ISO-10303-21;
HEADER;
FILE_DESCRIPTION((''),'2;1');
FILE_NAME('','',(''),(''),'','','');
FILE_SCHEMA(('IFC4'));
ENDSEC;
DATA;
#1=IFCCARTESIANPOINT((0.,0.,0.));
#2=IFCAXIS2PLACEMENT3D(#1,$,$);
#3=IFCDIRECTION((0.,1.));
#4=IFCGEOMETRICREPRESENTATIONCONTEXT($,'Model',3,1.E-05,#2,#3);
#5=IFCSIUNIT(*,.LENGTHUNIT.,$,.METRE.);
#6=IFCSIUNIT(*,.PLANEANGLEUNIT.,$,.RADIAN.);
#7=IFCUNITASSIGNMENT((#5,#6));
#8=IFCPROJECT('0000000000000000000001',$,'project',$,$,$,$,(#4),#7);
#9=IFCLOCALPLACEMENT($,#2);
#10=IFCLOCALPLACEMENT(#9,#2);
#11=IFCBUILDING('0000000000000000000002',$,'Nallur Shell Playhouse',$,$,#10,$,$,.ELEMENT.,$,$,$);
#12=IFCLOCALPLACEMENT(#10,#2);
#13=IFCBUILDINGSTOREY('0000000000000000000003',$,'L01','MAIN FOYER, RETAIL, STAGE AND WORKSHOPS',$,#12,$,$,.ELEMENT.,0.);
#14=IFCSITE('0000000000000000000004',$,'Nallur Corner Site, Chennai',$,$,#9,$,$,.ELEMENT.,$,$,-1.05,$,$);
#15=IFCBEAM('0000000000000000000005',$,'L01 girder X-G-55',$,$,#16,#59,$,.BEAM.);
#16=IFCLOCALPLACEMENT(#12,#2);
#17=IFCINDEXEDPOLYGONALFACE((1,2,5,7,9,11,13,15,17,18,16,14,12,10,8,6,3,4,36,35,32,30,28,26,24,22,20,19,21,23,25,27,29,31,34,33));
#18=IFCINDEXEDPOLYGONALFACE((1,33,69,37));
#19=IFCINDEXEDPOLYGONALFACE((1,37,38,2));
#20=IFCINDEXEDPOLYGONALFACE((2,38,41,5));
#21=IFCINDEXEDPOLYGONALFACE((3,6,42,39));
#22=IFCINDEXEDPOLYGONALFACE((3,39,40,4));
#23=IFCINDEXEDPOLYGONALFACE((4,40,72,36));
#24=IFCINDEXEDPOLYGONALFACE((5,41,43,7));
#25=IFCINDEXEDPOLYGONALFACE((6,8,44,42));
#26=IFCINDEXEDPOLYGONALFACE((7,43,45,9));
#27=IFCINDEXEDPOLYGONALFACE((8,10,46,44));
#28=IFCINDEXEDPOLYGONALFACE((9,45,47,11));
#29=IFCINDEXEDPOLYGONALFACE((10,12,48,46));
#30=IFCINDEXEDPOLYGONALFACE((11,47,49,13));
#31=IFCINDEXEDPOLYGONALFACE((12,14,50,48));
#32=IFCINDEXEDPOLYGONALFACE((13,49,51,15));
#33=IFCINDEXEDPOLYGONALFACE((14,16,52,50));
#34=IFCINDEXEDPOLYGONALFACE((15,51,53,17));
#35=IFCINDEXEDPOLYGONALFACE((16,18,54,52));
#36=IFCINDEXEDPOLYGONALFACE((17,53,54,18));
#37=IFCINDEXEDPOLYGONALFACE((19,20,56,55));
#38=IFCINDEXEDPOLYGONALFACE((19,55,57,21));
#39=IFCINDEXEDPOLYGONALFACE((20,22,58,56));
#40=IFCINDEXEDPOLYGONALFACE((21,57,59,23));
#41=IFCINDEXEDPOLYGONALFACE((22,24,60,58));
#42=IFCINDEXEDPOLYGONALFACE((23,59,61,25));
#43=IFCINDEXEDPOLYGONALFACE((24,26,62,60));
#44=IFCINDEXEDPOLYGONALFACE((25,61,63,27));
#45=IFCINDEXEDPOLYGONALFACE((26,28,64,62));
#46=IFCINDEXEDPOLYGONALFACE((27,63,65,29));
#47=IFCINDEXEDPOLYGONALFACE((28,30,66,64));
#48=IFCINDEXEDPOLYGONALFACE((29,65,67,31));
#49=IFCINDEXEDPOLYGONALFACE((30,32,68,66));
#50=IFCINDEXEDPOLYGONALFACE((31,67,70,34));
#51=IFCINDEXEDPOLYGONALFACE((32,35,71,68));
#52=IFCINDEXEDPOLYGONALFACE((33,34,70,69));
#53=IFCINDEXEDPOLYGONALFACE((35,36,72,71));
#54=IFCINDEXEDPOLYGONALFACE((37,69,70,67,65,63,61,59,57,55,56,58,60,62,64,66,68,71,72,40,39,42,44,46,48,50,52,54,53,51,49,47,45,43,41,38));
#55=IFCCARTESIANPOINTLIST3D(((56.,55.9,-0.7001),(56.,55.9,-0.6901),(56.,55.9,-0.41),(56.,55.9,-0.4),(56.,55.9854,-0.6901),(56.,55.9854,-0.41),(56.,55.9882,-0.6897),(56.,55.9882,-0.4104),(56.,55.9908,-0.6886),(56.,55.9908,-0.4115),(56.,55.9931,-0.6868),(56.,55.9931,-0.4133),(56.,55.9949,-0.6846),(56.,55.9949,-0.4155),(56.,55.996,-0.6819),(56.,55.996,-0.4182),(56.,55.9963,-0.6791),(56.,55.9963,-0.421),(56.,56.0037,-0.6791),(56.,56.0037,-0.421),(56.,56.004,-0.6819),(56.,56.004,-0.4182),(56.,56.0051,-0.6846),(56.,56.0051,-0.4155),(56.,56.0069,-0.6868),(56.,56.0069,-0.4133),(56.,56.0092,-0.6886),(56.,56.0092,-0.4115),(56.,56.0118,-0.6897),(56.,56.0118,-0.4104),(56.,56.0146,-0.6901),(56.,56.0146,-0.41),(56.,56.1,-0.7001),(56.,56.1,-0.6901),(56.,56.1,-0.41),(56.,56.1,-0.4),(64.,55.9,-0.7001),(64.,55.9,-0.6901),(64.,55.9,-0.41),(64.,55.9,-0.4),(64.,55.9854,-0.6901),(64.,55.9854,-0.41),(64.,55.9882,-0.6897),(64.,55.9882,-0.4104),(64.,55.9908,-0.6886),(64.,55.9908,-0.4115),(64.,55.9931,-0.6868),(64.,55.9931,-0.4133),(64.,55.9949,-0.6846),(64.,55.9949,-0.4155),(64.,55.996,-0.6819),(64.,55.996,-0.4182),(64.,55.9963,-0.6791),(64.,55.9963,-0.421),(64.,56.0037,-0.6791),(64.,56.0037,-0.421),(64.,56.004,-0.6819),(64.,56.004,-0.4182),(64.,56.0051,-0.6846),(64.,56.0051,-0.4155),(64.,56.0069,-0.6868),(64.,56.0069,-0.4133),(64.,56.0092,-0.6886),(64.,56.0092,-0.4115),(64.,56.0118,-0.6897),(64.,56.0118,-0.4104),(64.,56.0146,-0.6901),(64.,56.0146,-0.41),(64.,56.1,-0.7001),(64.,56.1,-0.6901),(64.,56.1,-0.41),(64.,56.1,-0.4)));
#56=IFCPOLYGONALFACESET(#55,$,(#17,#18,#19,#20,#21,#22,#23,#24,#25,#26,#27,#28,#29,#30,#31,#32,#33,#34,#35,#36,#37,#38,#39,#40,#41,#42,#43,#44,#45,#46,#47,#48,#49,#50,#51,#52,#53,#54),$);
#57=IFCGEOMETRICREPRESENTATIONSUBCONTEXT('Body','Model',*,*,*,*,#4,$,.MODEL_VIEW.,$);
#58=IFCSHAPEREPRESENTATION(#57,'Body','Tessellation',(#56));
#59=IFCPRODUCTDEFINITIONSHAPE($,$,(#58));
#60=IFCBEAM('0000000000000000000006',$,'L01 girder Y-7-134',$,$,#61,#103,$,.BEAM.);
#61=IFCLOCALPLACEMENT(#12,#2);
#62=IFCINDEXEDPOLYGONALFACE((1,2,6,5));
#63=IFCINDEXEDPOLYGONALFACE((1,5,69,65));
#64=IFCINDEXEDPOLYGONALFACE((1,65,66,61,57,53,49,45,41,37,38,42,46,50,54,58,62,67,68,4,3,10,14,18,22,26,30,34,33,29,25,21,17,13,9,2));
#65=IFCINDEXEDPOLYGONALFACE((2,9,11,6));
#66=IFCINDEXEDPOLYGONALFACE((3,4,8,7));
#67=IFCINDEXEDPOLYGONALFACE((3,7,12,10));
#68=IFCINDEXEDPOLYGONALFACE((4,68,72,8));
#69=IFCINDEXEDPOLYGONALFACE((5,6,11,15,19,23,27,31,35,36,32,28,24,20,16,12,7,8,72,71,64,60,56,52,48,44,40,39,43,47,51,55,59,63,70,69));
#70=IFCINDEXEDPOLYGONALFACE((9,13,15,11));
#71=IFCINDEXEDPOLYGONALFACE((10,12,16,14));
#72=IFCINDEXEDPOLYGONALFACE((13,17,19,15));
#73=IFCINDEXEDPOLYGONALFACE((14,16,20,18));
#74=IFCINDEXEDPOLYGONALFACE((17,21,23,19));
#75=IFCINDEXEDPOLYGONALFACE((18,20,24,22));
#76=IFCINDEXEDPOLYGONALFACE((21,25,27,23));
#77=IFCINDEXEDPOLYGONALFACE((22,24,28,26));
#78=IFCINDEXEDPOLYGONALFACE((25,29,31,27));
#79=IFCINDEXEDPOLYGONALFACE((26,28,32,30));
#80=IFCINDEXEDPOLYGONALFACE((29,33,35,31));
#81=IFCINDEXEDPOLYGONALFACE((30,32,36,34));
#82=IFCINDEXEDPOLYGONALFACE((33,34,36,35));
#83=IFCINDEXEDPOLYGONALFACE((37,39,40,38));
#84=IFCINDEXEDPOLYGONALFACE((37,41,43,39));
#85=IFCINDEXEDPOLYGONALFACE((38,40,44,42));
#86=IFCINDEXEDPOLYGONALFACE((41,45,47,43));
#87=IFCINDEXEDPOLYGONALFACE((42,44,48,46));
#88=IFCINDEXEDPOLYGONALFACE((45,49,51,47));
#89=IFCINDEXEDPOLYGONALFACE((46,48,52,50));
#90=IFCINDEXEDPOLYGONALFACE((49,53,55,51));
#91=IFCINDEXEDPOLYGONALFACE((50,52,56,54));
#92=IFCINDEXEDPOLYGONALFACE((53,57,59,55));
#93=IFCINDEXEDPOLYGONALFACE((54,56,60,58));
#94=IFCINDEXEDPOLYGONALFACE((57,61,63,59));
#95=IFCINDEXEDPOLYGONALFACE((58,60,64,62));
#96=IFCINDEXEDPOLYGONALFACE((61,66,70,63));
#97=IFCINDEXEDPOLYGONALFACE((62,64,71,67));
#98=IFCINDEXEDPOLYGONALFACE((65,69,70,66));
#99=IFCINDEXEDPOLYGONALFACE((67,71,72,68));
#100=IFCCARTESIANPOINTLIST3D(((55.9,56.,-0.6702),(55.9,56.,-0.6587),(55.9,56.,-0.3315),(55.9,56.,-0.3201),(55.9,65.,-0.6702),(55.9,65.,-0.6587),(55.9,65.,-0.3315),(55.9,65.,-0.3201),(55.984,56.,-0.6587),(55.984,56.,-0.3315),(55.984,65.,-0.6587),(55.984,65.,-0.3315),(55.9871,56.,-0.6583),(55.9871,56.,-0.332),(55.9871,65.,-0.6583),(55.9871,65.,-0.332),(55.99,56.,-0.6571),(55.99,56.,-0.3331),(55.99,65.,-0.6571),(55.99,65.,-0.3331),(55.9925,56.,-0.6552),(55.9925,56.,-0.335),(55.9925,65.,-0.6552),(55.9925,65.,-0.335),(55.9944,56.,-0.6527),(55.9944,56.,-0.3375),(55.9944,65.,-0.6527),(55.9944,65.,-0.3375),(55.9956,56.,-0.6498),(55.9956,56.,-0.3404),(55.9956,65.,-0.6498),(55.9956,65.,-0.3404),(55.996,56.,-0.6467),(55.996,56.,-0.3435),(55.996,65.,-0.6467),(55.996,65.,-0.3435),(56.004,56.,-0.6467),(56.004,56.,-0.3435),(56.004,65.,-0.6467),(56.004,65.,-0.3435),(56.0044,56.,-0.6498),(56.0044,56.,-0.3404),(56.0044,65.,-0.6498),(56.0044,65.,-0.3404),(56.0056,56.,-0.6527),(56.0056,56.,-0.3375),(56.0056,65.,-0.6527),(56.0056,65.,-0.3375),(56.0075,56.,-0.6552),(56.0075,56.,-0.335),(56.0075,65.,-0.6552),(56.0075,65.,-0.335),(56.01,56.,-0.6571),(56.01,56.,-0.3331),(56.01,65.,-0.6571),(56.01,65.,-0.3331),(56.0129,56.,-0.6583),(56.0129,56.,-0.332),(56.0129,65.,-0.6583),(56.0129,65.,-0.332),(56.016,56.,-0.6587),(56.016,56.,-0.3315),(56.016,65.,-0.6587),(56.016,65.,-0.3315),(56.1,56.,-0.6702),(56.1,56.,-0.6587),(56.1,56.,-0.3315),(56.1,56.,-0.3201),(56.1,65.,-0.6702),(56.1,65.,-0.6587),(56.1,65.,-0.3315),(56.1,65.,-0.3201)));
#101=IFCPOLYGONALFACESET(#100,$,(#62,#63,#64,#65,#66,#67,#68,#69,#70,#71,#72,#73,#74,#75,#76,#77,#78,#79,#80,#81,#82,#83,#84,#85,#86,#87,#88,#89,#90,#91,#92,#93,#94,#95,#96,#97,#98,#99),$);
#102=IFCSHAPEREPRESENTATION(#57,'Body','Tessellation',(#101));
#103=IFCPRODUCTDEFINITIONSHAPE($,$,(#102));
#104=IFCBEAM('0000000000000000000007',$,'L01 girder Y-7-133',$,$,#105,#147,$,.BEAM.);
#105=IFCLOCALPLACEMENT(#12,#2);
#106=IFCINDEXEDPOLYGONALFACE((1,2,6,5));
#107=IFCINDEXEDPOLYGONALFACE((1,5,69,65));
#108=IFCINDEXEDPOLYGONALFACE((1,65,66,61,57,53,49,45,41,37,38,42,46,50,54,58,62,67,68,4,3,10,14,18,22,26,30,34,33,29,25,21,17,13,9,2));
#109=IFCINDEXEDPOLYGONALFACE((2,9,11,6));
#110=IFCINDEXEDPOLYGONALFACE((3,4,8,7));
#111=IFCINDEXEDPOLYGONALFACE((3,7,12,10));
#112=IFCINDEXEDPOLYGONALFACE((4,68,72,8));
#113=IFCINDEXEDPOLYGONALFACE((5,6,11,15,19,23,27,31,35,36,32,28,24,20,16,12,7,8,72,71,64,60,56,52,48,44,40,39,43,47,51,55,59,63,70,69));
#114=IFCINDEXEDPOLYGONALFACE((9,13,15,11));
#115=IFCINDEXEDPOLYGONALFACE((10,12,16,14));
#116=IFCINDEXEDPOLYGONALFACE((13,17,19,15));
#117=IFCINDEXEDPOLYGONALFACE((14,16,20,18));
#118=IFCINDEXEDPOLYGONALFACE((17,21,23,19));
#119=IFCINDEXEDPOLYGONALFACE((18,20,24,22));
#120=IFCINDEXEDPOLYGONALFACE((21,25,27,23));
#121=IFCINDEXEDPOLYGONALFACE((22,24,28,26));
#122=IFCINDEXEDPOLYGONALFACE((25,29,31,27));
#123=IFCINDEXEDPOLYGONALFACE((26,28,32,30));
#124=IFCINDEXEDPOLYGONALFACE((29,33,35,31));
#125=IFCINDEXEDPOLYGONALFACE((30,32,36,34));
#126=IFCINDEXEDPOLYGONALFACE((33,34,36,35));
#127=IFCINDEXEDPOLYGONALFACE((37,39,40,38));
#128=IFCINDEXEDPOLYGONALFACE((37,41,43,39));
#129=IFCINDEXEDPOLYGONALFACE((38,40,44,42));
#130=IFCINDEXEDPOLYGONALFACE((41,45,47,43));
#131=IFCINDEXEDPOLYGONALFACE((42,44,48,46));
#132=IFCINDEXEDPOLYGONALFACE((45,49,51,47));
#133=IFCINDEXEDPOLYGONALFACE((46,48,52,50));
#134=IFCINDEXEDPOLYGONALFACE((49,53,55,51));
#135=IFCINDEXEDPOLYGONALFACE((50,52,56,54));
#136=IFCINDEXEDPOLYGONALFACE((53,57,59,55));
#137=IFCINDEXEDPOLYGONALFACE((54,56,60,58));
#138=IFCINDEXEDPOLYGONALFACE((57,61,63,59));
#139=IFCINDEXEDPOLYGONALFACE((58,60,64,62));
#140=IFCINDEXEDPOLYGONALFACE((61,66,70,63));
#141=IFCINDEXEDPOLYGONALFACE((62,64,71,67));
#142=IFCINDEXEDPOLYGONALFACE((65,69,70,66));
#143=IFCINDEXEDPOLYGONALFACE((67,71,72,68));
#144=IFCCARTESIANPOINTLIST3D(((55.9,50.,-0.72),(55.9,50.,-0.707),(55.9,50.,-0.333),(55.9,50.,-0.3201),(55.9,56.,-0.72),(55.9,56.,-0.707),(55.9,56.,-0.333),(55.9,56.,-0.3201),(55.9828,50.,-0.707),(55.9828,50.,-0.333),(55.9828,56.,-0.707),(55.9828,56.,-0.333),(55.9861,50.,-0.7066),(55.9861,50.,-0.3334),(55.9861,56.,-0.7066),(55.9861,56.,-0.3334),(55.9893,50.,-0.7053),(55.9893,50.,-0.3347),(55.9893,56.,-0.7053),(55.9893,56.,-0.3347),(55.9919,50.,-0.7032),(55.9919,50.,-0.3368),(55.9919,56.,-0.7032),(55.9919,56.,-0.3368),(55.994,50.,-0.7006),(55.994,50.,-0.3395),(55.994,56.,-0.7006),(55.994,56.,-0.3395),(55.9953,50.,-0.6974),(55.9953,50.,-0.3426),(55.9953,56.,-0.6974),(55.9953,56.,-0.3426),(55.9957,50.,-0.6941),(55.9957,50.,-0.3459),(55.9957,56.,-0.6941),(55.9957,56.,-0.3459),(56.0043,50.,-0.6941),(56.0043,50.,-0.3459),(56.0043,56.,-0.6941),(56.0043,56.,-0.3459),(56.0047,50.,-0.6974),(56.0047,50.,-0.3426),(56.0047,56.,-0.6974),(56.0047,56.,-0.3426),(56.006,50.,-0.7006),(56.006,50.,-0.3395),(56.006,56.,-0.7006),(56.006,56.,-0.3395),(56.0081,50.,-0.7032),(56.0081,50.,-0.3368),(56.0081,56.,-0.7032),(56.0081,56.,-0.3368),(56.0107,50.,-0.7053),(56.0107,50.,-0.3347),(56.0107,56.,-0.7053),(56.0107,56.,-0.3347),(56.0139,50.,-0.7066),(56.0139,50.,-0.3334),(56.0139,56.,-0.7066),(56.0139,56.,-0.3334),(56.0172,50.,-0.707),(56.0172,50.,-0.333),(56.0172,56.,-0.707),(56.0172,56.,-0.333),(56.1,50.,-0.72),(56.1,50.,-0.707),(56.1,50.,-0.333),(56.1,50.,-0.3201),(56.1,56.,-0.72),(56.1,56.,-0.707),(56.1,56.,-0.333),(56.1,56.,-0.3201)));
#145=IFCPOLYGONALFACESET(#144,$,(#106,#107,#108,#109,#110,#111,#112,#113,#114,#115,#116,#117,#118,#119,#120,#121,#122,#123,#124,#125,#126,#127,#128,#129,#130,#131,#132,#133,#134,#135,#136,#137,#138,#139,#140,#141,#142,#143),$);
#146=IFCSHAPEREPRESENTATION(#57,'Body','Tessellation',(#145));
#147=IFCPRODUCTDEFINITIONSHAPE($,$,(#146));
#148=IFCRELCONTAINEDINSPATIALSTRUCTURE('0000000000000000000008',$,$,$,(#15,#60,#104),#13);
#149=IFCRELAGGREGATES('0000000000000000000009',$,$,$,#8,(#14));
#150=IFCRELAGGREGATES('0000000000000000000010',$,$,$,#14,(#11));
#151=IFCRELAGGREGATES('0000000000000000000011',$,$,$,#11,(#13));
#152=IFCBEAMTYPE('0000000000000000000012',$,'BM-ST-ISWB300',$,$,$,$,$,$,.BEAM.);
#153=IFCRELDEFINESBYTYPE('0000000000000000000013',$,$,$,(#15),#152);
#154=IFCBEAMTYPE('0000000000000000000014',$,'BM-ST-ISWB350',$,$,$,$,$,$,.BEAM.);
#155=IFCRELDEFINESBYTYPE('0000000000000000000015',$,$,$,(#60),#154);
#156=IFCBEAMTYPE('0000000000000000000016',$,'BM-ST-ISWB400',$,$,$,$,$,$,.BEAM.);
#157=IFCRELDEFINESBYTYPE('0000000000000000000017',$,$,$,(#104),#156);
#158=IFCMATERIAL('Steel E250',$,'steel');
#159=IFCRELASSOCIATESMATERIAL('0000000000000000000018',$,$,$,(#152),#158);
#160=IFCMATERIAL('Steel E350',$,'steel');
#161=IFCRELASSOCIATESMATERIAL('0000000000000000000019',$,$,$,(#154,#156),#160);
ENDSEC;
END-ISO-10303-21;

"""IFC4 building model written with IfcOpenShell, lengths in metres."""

from ifc_helpers import new_model, si_unit, direction, frame, origin, origin_2d, place, context, subcontext, project, spatial, i_section, extrude, material, material_profile, profile_set, type_object, element, save


model = new_model("IFC4")

# Units and contexts
model_context = context("Model", 3, precision=1e-05, world=origin(), true_north=direction((0.0, 1.0)))
body_context = subcontext(model_context, "Body", "Model", "MODEL_VIEW")
ifc_project = project(units=[si_unit("LENGTHUNIT", "METRE"), si_unit("PLANEANGLEUNIT", "RADIAN")], contexts=[model_context])

# Site, building, storey
site_placement = place(None, origin())
site = spatial("IfcSite", under=ifc_project, at=site_placement, Name="Nallur Corner Site, Chennai", CompositionType="ELEMENT", RefElevation=-1.05)
building_placement = place(site_placement, origin())
building = spatial("IfcBuilding", under=site, at=building_placement, Name="Nallur Shell Playhouse", CompositionType="ELEMENT")
storey_placement = place(building_placement, origin())
storey = spatial("IfcBuildingStorey", under=building, at=storey_placement, Name="L01", Description="MAIN FOYER, RETAIL, STAGE AND WORKSHOPS", CompositionType="ELEMENT", Elevation=0.0)

# Shared definitions
ifc_material_1 = material(Name="Steel E350", Category="steel")

# Beams
ifc_material_2 = material(Name="Steel E250", Category="steel")
ifc_material_profile_1 = material_profile(ifc_material_2, i_section(OverallWidth=0.2, OverallDepth=0.3, WebThickness=0.0073, FlangeThickness=0.01, FilletRadius=0.011, at=origin_2d()), Name="ISWB 300")
ifc_profile_set_1 = profile_set([ifc_material_profile_1], Name="Steel E250")
beam_type_1 = type_object("IfcBeamType", Name="BM-ST-ISWB300", PredefinedType="BEAM", material=ifc_profile_set_1)
beam_1_placement = place(storey_placement, frame((56.0, 56.0, -0.55), z_axis=(1.0, 0.0, 0.0), x_axis=(0.0, 1.0, 0.0)))
element("IfcBeam", 1, at=beam_1_placement, inside=storey, type_object=beam_type_1, Name="L01 girder X-G-55", PredefinedType="BEAM", context=body_context, shape_type="SweptSolid", body=[
    extrude(i_section(OverallWidth=0.2, OverallDepth=0.3, WebThickness=0.0073, FlangeThickness=0.01, FilletRadius=0.011, at=origin_2d()), origin(), (0.0, 0.0, 1.0), 8.0),
])
ifc_material_profile_2 = material_profile(ifc_material_1, i_section(OverallWidth=0.2, OverallDepth=0.3501, WebThickness=0.0081, FlangeThickness=0.0115, FilletRadius=0.012, at=origin_2d()), Name="ISWB 350")
ifc_profile_set_2 = profile_set([ifc_material_profile_2], Name="Steel E350")
beam_type_2 = type_object("IfcBeamType", Name="BM-ST-ISWB350", PredefinedType="BEAM", material=ifc_profile_set_2)
beam_2_placement = place(storey_placement, frame((56.0, 56.0, -0.4951), z_axis=(0.0, 1.0, 0.0), x_axis=(-1.0, 0.0, 0.0)))
element("IfcBeam", 2, at=beam_2_placement, inside=storey, type_object=beam_type_2, Name="L01 girder Y-7-134", PredefinedType="BEAM", context=body_context, shape_type="SweptSolid", body=[
    extrude(i_section(OverallWidth=0.2, OverallDepth=0.3501, WebThickness=0.0081, FlangeThickness=0.0115, FilletRadius=0.012, at=origin_2d()), origin(), (0.0, 0.0, 1.0), 9.0),
])
ifc_material_profile_3 = material_profile(ifc_material_1, i_section(OverallWidth=0.2, OverallDepth=0.3999, WebThickness=0.0085, FlangeThickness=0.0129, FilletRadius=0.0129, at=origin_2d()), Name="ISWB 400")
ifc_profile_set_3 = profile_set([ifc_material_profile_3], Name="Steel E350")
beam_type_3 = type_object("IfcBeamType", Name="BM-ST-ISWB400", PredefinedType="BEAM", material=ifc_profile_set_3)
beam_3_placement = place(storey_placement, frame((56.0, 50.0, -0.52), z_axis=(0.0, 1.0, 0.0), x_axis=(-1.0, 0.0, 0.0)))
element("IfcBeam", 3, at=beam_3_placement, inside=storey, type_object=beam_type_3, Name="L01 girder Y-7-133", PredefinedType="BEAM", context=body_context, shape_type="SweptSolid", body=[
    extrude(i_section(OverallWidth=0.2, OverallDepth=0.3999, WebThickness=0.0085, FlangeThickness=0.0129, FilletRadius=0.0129, at=origin_2d()), origin(), (0.0, 0.0, 1.0), 6.0),
])

save(model, "model.ifc")
